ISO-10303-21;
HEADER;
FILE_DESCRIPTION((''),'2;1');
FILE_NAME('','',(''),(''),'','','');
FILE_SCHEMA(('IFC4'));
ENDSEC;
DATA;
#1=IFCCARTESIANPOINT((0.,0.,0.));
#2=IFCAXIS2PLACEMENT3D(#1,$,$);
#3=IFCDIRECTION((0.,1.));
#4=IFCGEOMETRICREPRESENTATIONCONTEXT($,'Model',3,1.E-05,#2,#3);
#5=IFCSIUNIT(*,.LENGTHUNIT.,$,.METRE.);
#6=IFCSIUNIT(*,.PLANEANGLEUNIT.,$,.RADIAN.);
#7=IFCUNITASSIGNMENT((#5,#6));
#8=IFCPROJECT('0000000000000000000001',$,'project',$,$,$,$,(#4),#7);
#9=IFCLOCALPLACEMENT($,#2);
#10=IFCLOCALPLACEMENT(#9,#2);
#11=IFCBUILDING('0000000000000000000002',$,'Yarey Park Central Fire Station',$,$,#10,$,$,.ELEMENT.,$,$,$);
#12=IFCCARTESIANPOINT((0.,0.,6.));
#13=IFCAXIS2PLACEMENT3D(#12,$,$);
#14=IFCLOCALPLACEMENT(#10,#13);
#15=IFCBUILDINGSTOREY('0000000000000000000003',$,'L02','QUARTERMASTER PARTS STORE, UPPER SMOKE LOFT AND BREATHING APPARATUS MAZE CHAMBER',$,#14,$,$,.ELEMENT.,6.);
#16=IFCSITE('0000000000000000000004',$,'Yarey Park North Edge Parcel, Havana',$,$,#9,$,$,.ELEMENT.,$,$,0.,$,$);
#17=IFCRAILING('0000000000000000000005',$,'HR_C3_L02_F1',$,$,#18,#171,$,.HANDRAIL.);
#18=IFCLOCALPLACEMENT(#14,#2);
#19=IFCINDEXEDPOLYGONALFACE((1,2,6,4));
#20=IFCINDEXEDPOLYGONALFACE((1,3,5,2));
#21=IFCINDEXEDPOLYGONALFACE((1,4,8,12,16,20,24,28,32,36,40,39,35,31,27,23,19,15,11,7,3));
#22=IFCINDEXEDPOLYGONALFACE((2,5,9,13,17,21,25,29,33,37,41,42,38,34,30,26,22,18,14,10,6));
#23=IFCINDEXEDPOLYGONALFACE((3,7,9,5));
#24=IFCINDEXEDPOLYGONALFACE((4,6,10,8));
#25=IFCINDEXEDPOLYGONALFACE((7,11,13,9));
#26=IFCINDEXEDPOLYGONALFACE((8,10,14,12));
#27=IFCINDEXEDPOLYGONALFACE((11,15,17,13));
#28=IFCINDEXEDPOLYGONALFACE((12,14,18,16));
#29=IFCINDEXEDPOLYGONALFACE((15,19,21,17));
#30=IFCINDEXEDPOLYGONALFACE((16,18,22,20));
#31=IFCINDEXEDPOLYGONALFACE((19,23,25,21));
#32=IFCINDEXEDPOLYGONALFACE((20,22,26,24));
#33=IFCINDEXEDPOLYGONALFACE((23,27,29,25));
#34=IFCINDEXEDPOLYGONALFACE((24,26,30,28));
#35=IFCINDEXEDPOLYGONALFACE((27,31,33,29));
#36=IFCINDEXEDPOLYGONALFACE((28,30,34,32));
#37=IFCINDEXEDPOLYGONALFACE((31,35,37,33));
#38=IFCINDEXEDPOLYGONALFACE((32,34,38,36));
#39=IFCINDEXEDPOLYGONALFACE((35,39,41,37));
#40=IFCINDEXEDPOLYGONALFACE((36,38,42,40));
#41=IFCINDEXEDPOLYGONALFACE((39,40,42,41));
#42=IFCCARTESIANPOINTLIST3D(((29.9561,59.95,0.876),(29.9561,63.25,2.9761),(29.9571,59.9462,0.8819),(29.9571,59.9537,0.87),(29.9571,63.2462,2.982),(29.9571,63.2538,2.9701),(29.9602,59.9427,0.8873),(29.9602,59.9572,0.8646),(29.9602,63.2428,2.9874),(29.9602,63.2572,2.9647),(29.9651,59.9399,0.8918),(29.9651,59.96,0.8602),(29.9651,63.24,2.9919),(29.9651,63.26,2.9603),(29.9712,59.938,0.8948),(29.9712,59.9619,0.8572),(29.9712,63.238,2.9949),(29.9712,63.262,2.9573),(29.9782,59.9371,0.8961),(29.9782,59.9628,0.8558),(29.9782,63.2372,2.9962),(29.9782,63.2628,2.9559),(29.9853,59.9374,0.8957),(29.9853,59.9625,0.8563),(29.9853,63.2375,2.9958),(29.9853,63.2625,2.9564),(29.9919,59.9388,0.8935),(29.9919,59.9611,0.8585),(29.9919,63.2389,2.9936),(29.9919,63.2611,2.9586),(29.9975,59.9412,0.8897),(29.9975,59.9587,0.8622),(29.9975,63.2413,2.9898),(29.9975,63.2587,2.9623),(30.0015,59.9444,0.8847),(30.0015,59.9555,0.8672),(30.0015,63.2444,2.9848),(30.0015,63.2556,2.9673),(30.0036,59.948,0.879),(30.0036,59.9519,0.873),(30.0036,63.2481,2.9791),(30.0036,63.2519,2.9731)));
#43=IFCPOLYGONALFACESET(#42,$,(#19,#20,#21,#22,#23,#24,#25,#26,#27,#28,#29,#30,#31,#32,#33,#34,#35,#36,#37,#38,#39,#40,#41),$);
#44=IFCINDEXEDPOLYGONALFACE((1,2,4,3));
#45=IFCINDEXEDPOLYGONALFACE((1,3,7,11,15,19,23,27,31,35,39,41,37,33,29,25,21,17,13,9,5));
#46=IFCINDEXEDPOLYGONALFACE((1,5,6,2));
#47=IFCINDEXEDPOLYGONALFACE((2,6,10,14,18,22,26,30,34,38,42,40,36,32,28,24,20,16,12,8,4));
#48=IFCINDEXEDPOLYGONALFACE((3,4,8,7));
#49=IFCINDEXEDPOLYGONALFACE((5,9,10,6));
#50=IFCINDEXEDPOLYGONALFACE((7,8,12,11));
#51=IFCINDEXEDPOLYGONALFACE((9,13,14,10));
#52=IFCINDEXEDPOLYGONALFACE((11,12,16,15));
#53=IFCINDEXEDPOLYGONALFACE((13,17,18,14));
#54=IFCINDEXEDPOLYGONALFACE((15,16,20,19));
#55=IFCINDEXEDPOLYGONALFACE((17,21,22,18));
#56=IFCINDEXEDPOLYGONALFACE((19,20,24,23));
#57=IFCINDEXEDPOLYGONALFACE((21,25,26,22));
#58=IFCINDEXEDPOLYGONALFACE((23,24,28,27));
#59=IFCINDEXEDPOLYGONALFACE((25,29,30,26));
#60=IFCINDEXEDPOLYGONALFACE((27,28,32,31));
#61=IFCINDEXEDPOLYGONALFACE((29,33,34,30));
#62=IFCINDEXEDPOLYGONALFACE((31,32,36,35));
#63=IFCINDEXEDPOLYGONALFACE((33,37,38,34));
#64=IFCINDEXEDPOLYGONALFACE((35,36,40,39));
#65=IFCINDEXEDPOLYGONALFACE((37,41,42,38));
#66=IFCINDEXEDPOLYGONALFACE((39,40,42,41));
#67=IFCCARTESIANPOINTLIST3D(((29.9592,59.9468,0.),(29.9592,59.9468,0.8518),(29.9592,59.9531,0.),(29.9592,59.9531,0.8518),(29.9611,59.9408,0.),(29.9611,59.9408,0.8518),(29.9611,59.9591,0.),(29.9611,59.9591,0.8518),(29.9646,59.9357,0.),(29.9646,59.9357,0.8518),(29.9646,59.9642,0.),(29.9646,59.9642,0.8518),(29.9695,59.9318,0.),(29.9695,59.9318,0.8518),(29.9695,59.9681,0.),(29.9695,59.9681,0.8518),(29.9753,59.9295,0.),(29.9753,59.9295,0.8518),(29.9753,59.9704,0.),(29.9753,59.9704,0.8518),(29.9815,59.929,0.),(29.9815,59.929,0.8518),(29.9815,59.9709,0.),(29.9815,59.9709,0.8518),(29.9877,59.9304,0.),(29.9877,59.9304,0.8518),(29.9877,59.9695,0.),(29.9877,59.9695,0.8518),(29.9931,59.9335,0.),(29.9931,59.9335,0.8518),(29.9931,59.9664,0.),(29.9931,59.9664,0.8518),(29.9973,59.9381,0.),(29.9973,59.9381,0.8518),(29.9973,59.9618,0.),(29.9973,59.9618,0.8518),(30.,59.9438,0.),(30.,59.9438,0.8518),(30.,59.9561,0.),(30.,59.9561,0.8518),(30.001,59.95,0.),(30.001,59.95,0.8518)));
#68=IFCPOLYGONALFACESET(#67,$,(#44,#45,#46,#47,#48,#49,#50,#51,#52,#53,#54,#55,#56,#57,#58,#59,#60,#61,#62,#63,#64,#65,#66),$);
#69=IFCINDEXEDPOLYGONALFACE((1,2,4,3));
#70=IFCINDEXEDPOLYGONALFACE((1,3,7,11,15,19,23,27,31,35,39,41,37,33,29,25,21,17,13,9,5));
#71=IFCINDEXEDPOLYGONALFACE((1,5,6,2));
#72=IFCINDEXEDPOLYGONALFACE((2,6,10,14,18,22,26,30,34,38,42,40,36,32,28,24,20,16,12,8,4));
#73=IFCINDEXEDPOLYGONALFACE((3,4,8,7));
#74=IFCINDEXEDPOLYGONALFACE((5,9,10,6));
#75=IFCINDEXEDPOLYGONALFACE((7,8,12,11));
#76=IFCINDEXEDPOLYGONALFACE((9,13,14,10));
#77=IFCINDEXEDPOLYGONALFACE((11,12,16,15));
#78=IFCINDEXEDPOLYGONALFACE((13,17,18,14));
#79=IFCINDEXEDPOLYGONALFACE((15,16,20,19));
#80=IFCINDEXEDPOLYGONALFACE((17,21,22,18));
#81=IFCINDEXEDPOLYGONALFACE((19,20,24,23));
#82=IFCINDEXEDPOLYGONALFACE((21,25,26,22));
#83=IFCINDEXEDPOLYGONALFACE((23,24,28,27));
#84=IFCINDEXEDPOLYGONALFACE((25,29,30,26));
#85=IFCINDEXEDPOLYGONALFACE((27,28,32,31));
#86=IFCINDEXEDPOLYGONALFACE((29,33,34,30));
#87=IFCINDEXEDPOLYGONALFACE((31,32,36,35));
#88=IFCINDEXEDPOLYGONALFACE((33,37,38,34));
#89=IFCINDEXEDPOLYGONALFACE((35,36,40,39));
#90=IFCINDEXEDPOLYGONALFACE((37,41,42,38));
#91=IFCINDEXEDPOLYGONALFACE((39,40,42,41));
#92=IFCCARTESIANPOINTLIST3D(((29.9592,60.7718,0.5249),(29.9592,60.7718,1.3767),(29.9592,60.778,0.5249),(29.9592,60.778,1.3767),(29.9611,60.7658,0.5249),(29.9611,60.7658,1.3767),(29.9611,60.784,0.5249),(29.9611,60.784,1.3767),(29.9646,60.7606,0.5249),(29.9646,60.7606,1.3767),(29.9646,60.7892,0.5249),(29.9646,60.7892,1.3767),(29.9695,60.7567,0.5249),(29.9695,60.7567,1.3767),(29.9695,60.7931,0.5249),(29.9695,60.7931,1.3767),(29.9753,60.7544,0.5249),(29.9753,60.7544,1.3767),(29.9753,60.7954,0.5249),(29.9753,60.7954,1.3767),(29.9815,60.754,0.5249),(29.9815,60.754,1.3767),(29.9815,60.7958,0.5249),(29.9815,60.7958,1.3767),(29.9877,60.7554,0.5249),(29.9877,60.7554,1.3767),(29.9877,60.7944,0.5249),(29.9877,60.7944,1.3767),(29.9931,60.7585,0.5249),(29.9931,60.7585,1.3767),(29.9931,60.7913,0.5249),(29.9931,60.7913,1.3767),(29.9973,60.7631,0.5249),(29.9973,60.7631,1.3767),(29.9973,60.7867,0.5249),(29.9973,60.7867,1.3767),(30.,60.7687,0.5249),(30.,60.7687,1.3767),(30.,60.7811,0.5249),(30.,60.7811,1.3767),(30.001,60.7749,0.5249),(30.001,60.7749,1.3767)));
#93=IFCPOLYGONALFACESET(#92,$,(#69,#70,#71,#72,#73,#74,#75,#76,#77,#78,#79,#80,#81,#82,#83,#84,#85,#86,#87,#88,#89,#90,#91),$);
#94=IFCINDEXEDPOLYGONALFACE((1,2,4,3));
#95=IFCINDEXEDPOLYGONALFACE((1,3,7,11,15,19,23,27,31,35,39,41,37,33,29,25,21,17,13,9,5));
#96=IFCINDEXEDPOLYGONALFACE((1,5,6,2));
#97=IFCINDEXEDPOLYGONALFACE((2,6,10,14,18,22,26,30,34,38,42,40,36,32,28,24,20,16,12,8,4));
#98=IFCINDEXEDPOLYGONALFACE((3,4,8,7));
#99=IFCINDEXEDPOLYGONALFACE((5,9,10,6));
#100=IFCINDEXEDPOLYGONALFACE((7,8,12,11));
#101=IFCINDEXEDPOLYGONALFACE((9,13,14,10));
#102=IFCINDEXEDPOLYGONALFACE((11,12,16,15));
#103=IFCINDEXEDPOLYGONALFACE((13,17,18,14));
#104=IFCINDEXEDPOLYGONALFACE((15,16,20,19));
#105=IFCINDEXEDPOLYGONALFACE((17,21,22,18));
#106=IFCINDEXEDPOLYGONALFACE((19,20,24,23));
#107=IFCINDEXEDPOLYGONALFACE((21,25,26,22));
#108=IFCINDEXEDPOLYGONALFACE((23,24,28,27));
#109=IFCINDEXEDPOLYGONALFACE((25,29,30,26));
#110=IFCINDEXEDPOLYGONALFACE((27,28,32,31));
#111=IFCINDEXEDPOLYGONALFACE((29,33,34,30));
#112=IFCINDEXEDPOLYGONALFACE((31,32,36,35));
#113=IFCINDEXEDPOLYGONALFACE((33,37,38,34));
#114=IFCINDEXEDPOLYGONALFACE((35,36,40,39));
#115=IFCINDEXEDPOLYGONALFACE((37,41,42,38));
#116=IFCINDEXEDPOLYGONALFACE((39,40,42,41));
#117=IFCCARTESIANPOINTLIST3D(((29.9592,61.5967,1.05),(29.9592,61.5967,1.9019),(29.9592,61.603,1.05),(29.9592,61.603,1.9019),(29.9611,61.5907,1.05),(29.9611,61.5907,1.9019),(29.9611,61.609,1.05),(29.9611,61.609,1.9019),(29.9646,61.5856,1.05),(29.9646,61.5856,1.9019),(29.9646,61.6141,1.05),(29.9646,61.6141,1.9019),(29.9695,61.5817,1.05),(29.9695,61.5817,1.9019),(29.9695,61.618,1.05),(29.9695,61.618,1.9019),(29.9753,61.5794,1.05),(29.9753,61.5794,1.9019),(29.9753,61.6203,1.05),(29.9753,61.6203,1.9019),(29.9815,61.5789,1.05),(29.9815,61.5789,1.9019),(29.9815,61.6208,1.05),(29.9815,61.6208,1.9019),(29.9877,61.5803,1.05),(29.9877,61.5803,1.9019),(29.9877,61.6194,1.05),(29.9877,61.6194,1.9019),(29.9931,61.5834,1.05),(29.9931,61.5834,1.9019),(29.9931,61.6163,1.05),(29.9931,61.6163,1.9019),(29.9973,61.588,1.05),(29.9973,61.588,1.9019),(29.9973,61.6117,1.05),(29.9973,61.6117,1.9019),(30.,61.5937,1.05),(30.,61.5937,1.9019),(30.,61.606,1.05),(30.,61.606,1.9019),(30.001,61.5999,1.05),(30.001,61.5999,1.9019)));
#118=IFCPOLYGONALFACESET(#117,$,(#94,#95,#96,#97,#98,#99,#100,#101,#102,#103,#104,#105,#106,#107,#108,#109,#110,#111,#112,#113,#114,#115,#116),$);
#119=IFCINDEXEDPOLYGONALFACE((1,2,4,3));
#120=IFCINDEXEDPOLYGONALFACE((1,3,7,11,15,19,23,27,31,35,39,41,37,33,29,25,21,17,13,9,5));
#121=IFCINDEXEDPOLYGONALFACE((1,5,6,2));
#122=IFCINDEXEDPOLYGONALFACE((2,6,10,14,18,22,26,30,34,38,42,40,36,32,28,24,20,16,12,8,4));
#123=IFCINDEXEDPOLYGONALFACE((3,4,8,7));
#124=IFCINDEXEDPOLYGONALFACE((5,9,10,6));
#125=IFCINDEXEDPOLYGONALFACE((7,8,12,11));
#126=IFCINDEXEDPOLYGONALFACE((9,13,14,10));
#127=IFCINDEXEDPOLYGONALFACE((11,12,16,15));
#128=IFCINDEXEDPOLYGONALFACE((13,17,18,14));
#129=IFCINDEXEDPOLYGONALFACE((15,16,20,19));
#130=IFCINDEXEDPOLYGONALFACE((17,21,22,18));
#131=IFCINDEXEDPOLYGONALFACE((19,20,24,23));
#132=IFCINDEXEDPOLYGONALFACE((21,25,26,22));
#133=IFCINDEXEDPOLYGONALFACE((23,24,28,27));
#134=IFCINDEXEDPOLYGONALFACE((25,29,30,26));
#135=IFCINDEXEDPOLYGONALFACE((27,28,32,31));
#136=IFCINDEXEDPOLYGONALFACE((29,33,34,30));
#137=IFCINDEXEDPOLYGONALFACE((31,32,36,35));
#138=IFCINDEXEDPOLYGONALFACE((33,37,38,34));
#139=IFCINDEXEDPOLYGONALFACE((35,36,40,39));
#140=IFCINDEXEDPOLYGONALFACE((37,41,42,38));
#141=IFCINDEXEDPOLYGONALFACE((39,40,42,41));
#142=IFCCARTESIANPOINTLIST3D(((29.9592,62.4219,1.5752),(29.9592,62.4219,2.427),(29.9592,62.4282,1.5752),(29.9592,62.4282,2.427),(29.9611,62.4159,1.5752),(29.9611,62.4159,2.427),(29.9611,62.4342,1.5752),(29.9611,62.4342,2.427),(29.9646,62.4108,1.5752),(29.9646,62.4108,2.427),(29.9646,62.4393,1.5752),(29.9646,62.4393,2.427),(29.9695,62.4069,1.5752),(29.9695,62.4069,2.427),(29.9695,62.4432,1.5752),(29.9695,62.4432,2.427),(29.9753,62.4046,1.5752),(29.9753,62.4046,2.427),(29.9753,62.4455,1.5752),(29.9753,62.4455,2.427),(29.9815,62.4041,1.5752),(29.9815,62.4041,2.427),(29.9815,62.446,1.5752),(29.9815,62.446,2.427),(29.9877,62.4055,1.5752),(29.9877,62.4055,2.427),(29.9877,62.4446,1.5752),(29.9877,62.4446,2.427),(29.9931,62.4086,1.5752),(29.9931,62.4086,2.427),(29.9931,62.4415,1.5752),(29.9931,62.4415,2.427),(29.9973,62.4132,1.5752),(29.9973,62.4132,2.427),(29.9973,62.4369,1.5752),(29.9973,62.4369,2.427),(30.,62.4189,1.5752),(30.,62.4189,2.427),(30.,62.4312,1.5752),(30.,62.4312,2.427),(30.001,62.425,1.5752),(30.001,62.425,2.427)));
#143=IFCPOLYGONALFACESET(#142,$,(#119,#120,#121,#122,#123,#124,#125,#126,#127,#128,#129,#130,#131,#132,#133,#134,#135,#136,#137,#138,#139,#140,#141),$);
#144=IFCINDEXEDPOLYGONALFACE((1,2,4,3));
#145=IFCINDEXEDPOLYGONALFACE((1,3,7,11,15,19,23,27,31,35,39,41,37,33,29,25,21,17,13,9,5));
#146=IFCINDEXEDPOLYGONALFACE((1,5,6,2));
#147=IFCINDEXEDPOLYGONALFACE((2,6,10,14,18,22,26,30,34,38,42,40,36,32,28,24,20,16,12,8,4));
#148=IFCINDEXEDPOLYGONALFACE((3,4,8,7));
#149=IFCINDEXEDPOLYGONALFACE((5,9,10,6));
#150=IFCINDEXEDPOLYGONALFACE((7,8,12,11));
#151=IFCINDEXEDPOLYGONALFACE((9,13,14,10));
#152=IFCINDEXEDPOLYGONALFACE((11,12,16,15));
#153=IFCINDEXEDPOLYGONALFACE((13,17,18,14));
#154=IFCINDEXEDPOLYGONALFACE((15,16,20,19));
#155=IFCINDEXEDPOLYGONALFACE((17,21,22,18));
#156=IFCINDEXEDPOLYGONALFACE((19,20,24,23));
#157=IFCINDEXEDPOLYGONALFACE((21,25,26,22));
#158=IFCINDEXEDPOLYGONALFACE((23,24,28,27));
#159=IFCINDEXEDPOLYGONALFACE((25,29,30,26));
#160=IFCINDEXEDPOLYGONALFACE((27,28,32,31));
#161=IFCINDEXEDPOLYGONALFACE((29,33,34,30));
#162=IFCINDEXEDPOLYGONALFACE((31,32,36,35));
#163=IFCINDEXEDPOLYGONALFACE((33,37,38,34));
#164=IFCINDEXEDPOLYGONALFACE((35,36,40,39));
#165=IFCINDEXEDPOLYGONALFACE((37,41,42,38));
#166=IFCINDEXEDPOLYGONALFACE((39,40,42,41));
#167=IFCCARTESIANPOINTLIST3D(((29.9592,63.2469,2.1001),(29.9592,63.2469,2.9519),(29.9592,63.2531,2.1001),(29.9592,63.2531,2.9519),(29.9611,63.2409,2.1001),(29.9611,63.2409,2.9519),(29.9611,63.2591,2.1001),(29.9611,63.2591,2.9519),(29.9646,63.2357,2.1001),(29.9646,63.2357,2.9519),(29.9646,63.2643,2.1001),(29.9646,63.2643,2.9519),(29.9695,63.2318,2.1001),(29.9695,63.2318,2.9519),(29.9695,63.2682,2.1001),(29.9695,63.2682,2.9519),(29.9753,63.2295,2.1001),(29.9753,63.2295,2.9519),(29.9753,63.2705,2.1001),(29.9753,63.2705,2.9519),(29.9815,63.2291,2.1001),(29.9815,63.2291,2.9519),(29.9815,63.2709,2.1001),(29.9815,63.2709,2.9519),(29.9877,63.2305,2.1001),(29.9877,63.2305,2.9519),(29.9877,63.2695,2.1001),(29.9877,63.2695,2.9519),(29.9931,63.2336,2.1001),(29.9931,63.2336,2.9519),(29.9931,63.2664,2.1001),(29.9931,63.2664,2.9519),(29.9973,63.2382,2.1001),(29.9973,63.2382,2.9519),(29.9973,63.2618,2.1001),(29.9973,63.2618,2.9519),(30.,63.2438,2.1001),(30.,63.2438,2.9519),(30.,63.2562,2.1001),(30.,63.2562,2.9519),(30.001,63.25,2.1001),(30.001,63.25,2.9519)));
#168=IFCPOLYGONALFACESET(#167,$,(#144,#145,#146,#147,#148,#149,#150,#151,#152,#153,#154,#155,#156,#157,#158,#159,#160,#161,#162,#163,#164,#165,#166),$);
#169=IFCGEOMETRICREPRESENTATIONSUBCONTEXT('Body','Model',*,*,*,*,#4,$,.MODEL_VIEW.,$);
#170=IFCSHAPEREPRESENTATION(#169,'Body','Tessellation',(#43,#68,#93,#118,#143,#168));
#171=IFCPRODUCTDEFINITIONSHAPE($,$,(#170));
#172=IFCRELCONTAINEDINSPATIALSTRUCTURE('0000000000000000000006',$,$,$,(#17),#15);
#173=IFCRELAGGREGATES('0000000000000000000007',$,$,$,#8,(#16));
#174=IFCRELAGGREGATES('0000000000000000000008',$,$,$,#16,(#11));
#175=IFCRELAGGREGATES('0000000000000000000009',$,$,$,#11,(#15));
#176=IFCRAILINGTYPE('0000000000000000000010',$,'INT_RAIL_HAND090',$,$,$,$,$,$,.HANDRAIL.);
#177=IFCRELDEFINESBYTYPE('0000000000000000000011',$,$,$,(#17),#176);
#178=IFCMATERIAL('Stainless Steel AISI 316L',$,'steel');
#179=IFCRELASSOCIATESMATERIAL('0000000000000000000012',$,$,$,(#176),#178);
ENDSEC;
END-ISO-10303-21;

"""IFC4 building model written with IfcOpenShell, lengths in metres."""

from ifc_helpers import new_model, si_unit, direction, frame, origin, origin_2d, place, context, subcontext, project, spatial, circle, extrude, material, type_object, element, save


model = new_model("IFC4")

# Units and contexts
model_context = context("Model", 3, precision=1e-05, world=origin(), true_north=direction((0.0, 1.0)))
body_context = subcontext(model_context, "Body", "Model", "MODEL_VIEW")
ifc_project = project(units=[si_unit("LENGTHUNIT", "METRE"), si_unit("PLANEANGLEUNIT", "RADIAN")], contexts=[model_context])

# Site, building, storey
site_placement = place(None, origin())
site = spatial("IfcSite", under=ifc_project, at=site_placement, Name="Yarey Park North Edge Parcel, Havana", CompositionType="ELEMENT", RefElevation=0.0)
building_placement = place(site_placement, origin())
building = spatial("IfcBuilding", under=site, at=building_placement, Name="Yarey Park Central Fire Station", CompositionType="ELEMENT")
storey_placement = place(building_placement, frame((0.0, 0.0, 6.0)))
storey = spatial("IfcBuildingStorey", under=building, at=storey_placement, Name="L02", Description="QUARTERMASTER PARTS STORE, UPPER SMOKE LOFT AND BREATHING APPARATUS MAZE CHAMBER", CompositionType="ELEMENT", Elevation=6.0)

# Railing
ifc_material_1 = material(Name="Stainless Steel AISI 316L", Category="steel")
railing_type_1 = type_object("IfcRailingType", Name="INT_RAIL_HAND090", PredefinedType="HANDRAIL", material=ifc_material_1)
railing_1_placement = place(storey_placement, frame((29.98, 59.95, 0.0)))
element("IfcRailing", 1, at=railing_1_placement, inside=storey, type_object=railing_type_1, Name="HR_C3_L02_F1", PredefinedType="HANDRAIL", context=body_context, shape_type="SweptSolid", body=[
    extrude(circle(Radius=0.0239, at=origin_2d()), frame((0.0, 0.0, 0.876), z_axis=(0.0, 0.843654, 0.536888), x_axis=(-1.0, 0.0, 0.0)), (0.0, 0.0, 1.0), 3.9116),
    extrude(circle(Radius=0.021, at=origin_2d()), origin(), (0.0, 0.0, 1.0), 0.8518),
    extrude(circle(Radius=0.021, at=origin_2d()), frame((0.0, 0.825, 0.5249)), (0.0, 0.0, 1.0), 0.8518),
    extrude(circle(Radius=0.021, at=origin_2d()), frame((0.0, 1.6499, 1.05)), (0.0, 0.0, 1.0), 0.8518),
    extrude(circle(Radius=0.021, at=origin_2d()), frame((0.0, 2.4751, 1.5752)), (0.0, 0.0, 1.0), 0.8518),
    extrude(circle(Radius=0.021, at=origin_2d()), frame((0.0, 3.3, 2.1001)), (0.0, 0.0, 1.0), 0.8518),
])

save(model, "model.ifc")
